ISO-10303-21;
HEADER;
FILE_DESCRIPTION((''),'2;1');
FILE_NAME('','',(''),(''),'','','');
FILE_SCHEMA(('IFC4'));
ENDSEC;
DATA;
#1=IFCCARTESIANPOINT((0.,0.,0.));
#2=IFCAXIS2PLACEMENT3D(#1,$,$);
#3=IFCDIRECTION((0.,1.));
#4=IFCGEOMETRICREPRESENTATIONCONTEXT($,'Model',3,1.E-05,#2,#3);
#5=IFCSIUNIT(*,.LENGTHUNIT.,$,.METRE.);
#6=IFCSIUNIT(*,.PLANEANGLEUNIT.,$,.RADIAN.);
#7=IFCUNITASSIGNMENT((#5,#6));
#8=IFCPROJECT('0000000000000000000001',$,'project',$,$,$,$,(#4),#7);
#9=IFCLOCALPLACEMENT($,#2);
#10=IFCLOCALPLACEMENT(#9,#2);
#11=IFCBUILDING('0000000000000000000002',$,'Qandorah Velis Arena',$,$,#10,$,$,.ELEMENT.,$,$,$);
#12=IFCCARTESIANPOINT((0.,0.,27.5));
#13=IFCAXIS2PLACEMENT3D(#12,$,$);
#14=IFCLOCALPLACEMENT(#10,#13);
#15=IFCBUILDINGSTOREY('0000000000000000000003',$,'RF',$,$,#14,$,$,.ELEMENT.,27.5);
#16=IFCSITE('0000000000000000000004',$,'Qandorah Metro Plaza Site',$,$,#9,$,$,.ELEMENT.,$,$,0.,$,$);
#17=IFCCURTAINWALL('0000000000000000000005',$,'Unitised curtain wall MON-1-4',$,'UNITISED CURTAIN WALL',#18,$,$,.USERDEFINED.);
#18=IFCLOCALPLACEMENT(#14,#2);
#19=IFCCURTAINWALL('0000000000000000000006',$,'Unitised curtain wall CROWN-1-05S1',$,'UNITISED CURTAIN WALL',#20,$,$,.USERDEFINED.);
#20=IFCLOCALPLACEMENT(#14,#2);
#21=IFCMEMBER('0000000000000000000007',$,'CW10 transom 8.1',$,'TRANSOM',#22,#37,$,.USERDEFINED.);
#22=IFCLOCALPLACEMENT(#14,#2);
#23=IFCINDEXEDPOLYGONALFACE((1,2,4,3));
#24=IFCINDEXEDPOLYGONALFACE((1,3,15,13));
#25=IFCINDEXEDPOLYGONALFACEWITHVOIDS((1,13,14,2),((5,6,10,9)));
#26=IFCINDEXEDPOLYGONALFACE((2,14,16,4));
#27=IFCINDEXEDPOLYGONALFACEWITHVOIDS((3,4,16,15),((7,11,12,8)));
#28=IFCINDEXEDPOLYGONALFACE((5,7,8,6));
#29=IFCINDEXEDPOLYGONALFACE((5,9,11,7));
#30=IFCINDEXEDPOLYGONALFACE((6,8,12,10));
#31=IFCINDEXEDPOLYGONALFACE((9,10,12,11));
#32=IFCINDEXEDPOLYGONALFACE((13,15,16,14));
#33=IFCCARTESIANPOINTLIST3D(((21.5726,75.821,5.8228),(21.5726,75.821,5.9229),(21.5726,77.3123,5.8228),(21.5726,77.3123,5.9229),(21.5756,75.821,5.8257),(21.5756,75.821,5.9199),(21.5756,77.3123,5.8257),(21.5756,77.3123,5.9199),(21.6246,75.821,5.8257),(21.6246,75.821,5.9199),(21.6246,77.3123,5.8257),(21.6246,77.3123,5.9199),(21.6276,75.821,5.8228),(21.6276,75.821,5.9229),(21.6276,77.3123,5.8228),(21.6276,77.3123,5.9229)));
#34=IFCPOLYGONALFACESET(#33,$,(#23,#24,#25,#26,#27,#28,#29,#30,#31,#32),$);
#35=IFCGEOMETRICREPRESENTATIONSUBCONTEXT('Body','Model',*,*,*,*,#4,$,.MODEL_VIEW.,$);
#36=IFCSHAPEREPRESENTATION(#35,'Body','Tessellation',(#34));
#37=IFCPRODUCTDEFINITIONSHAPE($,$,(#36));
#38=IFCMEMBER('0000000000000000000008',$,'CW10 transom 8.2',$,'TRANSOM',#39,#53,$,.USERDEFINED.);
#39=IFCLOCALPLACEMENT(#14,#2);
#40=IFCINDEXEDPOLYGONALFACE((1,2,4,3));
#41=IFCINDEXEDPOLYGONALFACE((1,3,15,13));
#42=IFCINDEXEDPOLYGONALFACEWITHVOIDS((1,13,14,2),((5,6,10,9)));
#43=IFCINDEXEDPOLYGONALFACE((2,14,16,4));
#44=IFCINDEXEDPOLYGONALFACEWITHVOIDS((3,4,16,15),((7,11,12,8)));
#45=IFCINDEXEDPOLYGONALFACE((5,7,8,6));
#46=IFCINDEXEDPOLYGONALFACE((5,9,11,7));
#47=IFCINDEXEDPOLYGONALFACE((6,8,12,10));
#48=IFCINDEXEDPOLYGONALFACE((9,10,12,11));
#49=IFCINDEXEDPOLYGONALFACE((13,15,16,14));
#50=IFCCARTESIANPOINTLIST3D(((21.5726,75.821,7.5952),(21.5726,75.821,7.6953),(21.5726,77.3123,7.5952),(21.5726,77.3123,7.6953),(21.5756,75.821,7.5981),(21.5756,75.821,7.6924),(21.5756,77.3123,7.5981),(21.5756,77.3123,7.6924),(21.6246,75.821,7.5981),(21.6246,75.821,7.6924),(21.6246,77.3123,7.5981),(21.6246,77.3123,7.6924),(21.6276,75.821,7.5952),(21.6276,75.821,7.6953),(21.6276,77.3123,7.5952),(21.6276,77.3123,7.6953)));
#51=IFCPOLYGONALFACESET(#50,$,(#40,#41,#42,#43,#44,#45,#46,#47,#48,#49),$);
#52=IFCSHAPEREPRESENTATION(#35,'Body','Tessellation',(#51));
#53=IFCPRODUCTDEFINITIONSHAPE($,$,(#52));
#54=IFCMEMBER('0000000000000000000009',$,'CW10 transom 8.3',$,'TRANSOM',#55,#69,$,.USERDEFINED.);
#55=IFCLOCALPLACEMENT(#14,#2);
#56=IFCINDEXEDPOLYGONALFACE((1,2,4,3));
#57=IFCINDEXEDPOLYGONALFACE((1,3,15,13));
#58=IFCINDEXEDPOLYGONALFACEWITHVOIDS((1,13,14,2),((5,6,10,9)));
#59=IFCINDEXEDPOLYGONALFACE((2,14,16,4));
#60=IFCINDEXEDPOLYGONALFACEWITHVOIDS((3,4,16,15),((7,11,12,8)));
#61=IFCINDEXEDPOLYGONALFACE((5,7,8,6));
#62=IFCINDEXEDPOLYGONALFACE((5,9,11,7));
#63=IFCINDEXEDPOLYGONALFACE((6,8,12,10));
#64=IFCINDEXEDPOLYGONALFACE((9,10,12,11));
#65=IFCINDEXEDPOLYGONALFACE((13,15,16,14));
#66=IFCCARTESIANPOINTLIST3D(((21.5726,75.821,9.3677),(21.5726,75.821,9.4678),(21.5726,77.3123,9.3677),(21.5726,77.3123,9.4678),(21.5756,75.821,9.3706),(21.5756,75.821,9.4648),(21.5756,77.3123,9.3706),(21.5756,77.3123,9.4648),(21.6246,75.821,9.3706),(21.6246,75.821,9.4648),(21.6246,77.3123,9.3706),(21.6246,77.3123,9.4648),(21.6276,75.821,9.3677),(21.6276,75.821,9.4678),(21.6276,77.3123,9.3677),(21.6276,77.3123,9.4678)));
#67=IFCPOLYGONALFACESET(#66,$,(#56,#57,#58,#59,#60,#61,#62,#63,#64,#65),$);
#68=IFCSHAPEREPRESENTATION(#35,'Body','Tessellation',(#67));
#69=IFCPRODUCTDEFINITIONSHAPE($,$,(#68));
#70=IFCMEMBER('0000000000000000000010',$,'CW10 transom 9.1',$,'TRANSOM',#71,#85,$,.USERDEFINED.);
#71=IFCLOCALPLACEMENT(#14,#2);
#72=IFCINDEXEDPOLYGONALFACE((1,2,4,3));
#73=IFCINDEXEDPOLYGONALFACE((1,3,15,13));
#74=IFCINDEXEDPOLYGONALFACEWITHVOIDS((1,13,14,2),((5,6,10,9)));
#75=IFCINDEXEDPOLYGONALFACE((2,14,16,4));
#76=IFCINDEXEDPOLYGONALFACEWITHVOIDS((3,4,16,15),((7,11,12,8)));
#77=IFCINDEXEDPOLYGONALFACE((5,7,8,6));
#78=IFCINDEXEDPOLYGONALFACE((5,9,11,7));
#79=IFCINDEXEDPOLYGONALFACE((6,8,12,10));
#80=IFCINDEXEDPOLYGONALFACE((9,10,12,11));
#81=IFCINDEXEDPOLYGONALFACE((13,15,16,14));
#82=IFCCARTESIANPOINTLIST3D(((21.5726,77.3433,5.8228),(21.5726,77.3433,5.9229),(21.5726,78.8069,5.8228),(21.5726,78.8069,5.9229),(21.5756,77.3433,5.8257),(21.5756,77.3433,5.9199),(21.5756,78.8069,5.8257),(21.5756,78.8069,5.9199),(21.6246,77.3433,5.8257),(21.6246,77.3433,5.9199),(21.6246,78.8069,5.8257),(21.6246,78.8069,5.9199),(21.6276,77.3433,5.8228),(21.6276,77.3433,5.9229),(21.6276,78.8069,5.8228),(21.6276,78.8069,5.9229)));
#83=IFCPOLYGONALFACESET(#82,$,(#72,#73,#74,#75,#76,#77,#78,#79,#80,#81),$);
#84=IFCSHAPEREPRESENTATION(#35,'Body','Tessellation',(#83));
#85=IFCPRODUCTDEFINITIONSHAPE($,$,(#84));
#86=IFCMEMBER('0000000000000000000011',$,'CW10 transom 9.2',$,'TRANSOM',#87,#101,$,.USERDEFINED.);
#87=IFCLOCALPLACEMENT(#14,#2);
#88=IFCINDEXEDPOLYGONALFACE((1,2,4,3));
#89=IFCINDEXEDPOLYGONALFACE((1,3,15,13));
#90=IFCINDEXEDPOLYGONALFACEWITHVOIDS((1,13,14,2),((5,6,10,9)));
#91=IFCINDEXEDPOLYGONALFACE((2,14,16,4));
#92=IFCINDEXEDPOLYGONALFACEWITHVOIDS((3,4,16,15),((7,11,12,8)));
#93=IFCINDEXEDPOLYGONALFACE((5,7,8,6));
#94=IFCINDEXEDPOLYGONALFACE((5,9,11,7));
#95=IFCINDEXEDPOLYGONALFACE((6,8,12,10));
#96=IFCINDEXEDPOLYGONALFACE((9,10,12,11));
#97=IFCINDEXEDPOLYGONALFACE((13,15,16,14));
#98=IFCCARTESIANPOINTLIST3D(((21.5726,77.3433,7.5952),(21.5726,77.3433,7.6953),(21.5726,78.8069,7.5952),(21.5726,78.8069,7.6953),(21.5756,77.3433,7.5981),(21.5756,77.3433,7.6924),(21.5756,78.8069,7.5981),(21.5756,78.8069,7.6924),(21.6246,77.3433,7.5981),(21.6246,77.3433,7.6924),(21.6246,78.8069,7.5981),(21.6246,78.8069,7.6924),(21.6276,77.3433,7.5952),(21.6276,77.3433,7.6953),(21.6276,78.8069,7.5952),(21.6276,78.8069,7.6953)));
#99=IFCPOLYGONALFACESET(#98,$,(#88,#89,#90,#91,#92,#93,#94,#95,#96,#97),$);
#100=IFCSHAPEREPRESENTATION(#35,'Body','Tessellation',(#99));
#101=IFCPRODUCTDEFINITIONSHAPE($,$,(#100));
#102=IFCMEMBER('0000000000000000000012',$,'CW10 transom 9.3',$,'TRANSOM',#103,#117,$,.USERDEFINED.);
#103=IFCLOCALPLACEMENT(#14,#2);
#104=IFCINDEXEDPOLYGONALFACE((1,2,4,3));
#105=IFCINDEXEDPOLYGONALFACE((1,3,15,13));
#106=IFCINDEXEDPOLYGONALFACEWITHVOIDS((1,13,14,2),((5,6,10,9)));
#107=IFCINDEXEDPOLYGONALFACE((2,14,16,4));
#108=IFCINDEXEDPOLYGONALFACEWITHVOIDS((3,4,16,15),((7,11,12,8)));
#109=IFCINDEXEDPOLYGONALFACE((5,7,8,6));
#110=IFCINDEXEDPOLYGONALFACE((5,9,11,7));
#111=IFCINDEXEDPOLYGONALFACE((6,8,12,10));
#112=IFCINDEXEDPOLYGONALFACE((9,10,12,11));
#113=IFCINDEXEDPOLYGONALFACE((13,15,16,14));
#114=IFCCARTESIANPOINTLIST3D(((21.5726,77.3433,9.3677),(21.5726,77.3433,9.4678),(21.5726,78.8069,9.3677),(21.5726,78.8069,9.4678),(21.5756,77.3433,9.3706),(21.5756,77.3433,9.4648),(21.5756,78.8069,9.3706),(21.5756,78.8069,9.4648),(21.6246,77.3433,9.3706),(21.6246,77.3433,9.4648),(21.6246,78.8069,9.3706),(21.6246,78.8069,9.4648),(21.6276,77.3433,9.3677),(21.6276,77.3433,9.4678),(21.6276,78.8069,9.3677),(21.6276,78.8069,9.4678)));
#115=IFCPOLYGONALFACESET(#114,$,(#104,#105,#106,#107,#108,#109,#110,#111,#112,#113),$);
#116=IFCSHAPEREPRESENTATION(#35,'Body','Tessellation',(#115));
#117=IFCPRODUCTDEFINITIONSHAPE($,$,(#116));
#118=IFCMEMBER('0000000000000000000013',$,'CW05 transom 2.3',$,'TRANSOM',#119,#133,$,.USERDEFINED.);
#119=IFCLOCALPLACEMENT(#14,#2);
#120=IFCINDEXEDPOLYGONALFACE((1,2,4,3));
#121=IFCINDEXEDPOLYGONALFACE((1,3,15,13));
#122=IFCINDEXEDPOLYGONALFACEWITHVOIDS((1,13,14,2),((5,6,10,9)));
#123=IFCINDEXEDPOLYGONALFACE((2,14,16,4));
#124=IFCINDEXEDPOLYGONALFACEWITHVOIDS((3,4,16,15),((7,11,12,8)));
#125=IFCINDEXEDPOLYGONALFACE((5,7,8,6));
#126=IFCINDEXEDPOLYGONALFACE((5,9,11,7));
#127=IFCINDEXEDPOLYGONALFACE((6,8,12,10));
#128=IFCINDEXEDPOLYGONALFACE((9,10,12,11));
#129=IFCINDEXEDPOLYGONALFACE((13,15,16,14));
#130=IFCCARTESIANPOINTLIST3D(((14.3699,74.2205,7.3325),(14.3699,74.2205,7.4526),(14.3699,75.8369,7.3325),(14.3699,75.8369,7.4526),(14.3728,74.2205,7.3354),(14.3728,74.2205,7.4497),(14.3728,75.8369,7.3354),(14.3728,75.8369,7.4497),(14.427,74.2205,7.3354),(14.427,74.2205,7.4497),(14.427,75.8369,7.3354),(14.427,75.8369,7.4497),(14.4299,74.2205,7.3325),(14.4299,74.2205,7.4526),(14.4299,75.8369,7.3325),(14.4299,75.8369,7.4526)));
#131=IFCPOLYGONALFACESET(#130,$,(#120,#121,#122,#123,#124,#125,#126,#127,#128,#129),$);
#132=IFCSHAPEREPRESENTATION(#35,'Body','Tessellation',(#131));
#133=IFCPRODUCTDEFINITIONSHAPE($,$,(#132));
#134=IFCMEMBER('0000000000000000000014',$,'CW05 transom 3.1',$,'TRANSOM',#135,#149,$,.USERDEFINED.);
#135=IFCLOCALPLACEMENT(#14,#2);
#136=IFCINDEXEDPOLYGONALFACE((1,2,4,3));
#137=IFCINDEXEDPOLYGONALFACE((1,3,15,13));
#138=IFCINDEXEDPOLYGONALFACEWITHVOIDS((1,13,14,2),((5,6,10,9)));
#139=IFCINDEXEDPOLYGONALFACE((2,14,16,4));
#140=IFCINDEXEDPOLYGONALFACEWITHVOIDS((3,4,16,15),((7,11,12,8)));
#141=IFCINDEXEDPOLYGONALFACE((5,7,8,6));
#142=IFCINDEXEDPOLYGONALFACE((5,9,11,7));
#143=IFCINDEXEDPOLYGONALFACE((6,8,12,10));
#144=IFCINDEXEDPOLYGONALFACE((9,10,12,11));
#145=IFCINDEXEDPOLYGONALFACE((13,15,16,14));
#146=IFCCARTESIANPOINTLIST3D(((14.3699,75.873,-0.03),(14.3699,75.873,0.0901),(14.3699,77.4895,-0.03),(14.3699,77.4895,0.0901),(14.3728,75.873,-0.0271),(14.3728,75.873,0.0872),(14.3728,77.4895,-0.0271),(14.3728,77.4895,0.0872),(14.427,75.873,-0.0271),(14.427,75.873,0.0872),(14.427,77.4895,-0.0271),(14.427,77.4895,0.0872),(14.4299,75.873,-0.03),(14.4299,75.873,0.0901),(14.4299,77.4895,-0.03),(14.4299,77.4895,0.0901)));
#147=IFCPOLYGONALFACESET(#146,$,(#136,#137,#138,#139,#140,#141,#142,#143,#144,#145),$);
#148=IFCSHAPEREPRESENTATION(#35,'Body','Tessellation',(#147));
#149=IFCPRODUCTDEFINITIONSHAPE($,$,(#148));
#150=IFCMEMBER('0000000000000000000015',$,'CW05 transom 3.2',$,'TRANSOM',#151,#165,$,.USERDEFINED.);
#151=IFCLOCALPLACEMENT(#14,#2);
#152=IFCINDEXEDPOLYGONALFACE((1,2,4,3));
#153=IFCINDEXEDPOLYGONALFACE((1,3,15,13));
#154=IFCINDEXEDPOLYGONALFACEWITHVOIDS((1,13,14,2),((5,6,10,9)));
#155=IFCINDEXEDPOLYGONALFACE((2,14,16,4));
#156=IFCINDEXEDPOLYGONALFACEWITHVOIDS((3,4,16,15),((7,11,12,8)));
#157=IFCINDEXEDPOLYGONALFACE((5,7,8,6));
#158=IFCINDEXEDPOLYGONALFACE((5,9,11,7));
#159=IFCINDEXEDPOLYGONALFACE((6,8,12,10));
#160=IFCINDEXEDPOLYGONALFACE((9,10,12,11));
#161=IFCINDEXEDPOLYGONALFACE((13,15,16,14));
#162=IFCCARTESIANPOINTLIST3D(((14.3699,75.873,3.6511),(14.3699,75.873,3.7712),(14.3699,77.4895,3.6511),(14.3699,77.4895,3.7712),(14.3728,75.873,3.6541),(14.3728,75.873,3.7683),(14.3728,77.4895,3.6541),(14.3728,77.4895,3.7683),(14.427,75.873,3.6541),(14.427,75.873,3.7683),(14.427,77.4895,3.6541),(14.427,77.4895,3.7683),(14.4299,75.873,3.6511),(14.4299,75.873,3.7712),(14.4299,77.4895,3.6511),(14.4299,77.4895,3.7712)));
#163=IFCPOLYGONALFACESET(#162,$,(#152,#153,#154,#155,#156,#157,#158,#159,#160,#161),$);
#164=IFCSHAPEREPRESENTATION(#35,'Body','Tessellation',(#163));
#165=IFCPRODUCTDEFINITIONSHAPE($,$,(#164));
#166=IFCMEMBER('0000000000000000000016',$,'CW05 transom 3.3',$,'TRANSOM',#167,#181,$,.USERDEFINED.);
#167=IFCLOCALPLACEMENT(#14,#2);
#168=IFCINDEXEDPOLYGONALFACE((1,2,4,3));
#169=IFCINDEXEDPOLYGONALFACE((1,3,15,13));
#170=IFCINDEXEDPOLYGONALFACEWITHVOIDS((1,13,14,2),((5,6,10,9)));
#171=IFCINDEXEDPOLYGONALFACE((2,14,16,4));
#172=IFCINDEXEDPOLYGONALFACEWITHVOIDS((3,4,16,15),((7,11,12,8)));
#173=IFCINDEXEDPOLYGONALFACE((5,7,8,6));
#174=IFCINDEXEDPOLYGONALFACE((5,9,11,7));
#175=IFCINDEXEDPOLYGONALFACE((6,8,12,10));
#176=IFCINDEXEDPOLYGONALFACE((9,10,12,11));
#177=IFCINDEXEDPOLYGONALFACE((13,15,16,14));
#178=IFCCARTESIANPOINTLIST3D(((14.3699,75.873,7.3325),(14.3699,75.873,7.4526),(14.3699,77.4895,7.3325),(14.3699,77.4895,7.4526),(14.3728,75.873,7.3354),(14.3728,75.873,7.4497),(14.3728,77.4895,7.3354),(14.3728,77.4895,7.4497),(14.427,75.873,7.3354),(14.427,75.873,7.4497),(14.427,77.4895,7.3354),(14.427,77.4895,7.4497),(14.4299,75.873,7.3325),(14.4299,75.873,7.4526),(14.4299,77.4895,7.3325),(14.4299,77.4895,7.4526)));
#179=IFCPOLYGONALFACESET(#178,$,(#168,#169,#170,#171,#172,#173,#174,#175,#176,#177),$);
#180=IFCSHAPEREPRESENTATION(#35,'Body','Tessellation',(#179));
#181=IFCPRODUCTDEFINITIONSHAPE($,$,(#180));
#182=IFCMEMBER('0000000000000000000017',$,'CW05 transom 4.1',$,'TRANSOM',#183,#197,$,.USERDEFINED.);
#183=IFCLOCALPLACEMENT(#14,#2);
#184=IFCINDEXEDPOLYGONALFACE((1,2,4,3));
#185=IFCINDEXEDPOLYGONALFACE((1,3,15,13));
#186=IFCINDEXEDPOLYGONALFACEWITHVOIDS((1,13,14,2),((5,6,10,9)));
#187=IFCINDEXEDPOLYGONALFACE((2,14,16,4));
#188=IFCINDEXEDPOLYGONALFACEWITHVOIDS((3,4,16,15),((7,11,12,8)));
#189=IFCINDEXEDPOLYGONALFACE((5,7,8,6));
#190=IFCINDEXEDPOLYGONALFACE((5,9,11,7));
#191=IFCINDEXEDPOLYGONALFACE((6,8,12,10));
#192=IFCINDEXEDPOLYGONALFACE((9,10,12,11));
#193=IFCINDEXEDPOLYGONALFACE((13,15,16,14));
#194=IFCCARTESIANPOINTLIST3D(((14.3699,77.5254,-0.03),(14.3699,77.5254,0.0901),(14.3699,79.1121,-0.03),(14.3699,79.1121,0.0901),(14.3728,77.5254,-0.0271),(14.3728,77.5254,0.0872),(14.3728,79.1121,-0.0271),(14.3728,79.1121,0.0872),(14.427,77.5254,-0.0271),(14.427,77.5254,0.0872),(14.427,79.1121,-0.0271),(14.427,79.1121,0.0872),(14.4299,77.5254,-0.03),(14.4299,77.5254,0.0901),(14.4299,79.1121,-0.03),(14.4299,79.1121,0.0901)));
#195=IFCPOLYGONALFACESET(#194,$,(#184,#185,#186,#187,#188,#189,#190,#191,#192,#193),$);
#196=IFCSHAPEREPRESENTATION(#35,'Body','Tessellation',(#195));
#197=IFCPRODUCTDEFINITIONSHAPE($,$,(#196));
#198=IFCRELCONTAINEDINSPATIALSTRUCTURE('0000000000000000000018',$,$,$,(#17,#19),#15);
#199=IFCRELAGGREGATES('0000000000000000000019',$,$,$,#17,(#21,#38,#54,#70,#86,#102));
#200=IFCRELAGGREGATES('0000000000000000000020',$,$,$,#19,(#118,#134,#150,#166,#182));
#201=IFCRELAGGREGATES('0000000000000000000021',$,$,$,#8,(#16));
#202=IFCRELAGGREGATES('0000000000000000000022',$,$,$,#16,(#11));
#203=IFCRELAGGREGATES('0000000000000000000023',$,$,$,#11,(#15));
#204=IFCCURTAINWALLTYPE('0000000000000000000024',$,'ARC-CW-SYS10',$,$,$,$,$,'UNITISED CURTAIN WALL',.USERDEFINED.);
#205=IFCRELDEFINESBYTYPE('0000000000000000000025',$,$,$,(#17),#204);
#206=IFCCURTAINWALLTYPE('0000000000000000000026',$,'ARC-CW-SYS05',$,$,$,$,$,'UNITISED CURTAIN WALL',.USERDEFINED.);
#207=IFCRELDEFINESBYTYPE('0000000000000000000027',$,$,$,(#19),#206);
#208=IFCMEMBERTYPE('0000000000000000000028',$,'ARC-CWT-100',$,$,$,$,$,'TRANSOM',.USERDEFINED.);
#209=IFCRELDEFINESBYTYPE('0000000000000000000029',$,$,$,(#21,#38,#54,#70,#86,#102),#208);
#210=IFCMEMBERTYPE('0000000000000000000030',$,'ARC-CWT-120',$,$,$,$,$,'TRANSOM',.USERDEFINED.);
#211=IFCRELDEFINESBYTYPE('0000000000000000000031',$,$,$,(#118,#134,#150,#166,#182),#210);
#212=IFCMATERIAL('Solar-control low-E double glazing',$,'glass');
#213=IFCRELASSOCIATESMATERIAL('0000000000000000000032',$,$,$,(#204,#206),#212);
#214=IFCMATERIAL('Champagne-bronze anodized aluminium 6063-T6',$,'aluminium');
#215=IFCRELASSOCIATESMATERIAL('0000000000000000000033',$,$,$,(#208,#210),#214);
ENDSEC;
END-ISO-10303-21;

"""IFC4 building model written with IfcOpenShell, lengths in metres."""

from ifc_helpers import new_model, si_unit, direction, frame, origin, origin_2d, place, context, subcontext, project, spatial, hollow_rectangle, extrude, material, material_profile, profile_set, type_object, element, aggregate, save


model = new_model("IFC4")

# Units and contexts
model_context = context("Model", 3, precision=1e-05, world=origin(), true_north=direction((0.0, 1.0)))
body_context = subcontext(model_context, "Body", "Model", "MODEL_VIEW")
ifc_project = project(units=[si_unit("LENGTHUNIT", "METRE"), si_unit("PLANEANGLEUNIT", "RADIAN")], contexts=[model_context])

# Site, building, storey
site_placement = place(None, origin())
site = spatial("IfcSite", under=ifc_project, at=site_placement, Name="Qandorah Metro Plaza Site", CompositionType="ELEMENT", RefElevation=0.0)
building_placement = place(site_placement, origin())
building = spatial("IfcBuilding", under=site, at=building_placement, Name="Qandorah Velis Arena", CompositionType="ELEMENT")
storey_placement = place(building_placement, frame((0.0, 0.0, 27.5)))
storey = spatial("IfcBuildingStorey", under=building, at=storey_placement, Name="RF", CompositionType="ELEMENT", Elevation=27.5)

# Curtain walls
ifc_material_1 = material(Name="Solar-control low-E double glazing", Category="glass")
curtain_wall_type_1 = type_object("IfcCurtainWallType", Name="ARC-CW-SYS10", ElementType="UNITISED CURTAIN WALL", PredefinedType="USERDEFINED", material=ifc_material_1)
curtain_wall_1_placement = place(storey_placement, origin())
curtain_wall_1 = element("IfcCurtainWall", 1, at=curtain_wall_1_placement, inside=storey, type_object=curtain_wall_type_1, Name="Unitised curtain wall MON-1-4", ObjectType="UNITISED CURTAIN WALL", PredefinedType="USERDEFINED")
ifc_material_2 = material(Name="Champagne-bronze anodized aluminium 6063-T6", Category="aluminium")
curtain_wall_type_2 = type_object("IfcCurtainWallType", Name="ARC-CW-SYS05", ElementType="UNITISED CURTAIN WALL", PredefinedType="USERDEFINED", material=ifc_material_1)
curtain_wall_2_placement = place(storey_placement, origin())
curtain_wall_2 = element("IfcCurtainWall", 2, at=curtain_wall_2_placement, inside=storey, type_object=curtain_wall_type_2, Name="Unitised curtain wall CROWN-1-05S1", ObjectType="UNITISED CURTAIN WALL", PredefinedType="USERDEFINED")

# Members
ifc_material_profile_1 = material_profile(ifc_material_2, hollow_rectangle(XDim=0.0549, YDim=0.1001, WallThickness=0.0029, at=origin_2d()), Name="ALU TRANSOM 55x100")
ifc_profile_set_1 = profile_set([ifc_material_profile_1], Name="Champagne-bronze anodized aluminium 6063-T6")
member_type_1 = type_object("IfcMemberType", Name="ARC-CWT-100", ElementType="TRANSOM", PredefinedType="USERDEFINED", material=ifc_profile_set_1)
member_1_placement = place(storey_placement, frame((21.6001, 75.821, 5.8728), z_axis=(0.0, 1.0, 0.0), x_axis=(-1.0, 0.0, 0.0)))
member_1 = element("IfcMember", 3, at=member_1_placement, type_object=member_type_1, Name="CW10 transom 8.1", ObjectType="TRANSOM", PredefinedType="USERDEFINED", context=body_context, shape_type="SweptSolid", body=[
    extrude(hollow_rectangle(XDim=0.0549, YDim=0.1001, WallThickness=0.0029, at=origin_2d()), origin(), (0.0, 0.0, 1.0), 1.4912),
])
member_2_placement = place(storey_placement, frame((21.6001, 75.821, 7.6453), z_axis=(0.0, 1.0, 0.0), x_axis=(-1.0, 0.0, 0.0)))
member_2 = element("IfcMember", 4, at=member_2_placement, type_object=member_type_1, Name="CW10 transom 8.2", ObjectType="TRANSOM", PredefinedType="USERDEFINED", context=body_context, shape_type="SweptSolid", body=[
    extrude(hollow_rectangle(XDim=0.0549, YDim=0.1001, WallThickness=0.0029, at=origin_2d()), origin(), (0.0, 0.0, 1.0), 1.4912),
])
member_3_placement = place(storey_placement, frame((21.6001, 75.821, 9.4177), z_axis=(0.0, 1.0, 0.0), x_axis=(-1.0, 0.0, 0.0)))
member_3 = element("IfcMember", 5, at=member_3_placement, type_object=member_type_1, Name="CW10 transom 8.3", ObjectType="TRANSOM", PredefinedType="USERDEFINED", context=body_context, shape_type="SweptSolid", body=[
    extrude(hollow_rectangle(XDim=0.0549, YDim=0.1001, WallThickness=0.0029, at=origin_2d()), origin(), (0.0, 0.0, 1.0), 1.4912),
])
member_4_placement = place(storey_placement, frame((21.6001, 77.3433, 5.8728), z_axis=(0.0, 1.0, 0.0), x_axis=(-1.0, 0.0, 0.0)))
member_4 = element("IfcMember", 6, at=member_4_placement, type_object=member_type_1, Name="CW10 transom 9.1", ObjectType="TRANSOM", PredefinedType="USERDEFINED", context=body_context, shape_type="SweptSolid", body=[
    extrude(hollow_rectangle(XDim=0.0549, YDim=0.1001, WallThickness=0.0029, at=origin_2d()), origin(), (0.0, 0.0, 1.0), 1.4636),
])
member_5_placement = place(storey_placement, frame((21.6001, 77.3433, 7.6453), z_axis=(0.0, 1.0, 0.0), x_axis=(-1.0, 0.0, 0.0)))
member_5 = element("IfcMember", 7, at=member_5_placement, type_object=member_type_1, Name="CW10 transom 9.2", ObjectType="TRANSOM", PredefinedType="USERDEFINED", context=body_context, shape_type="SweptSolid", body=[
    extrude(hollow_rectangle(XDim=0.0549, YDim=0.1001, WallThickness=0.0029, at=origin_2d()), origin(), (0.0, 0.0, 1.0), 1.4636),
])
member_6_placement = place(storey_placement, frame((21.6001, 77.3433, 9.4177), z_axis=(0.0, 1.0, 0.0), x_axis=(-1.0, 0.0, 0.0)))
member_6 = element("IfcMember", 8, at=member_6_placement, type_object=member_type_1, Name="CW10 transom 9.3", ObjectType="TRANSOM", PredefinedType="USERDEFINED", context=body_context, shape_type="SweptSolid", body=[
    extrude(hollow_rectangle(XDim=0.0549, YDim=0.1001, WallThickness=0.0029, at=origin_2d()), origin(), (0.0, 0.0, 1.0), 1.4636),
])
ifc_material_profile_2 = material_profile(ifc_material_2, hollow_rectangle(XDim=0.0601, YDim=0.1201, WallThickness=0.0029, at=origin_2d()), Name="ALU TRANSOM 60x120")
ifc_profile_set_2 = profile_set([ifc_material_profile_2], Name="Champagne-bronze anodized aluminium 6063-T6")
member_type_2 = type_object("IfcMemberType", Name="ARC-CWT-120", ElementType="TRANSOM", PredefinedType="USERDEFINED", material=ifc_profile_set_2)
member_7_placement = place(storey_placement, frame((14.3999, 74.2205, 7.3926), z_axis=(0.0, 1.0, 0.0), x_axis=(-1.0, 0.0, 0.0)))
member_7 = element("IfcMember", 9, at=member_7_placement, type_object=member_type_2, Name="CW05 transom 2.3", ObjectType="TRANSOM", PredefinedType="USERDEFINED", context=body_context, shape_type="SweptSolid", body=[
    extrude(hollow_rectangle(XDim=0.0601, YDim=0.1201, WallThickness=0.0029, at=origin_2d()), origin(), (0.0, 0.0, 1.0), 1.6165),
])
member_8_placement = place(storey_placement, frame((14.3999, 75.873, 0.03), z_axis=(0.0, 1.0, 0.0), x_axis=(-1.0, 0.0, 0.0)))
member_8 = element("IfcMember", 10, at=member_8_placement, type_object=member_type_2, Name="CW05 transom 3.1", ObjectType="TRANSOM", PredefinedType="USERDEFINED", context=body_context, shape_type="SweptSolid", body=[
    extrude(hollow_rectangle(XDim=0.0601, YDim=0.1201, WallThickness=0.0029, at=origin_2d()), origin(), (0.0, 0.0, 1.0), 1.6165),
])
member_9_placement = place(storey_placement, frame((14.3999, 75.873, 3.7112), z_axis=(0.0, 1.0, 0.0), x_axis=(-1.0, 0.0, 0.0)))
member_9 = element("IfcMember", 11, at=member_9_placement, type_object=member_type_2, Name="CW05 transom 3.2", ObjectType="TRANSOM", PredefinedType="USERDEFINED", context=body_context, shape_type="SweptSolid", body=[
    extrude(hollow_rectangle(XDim=0.0601, YDim=0.1201, WallThickness=0.0029, at=origin_2d()), origin(), (0.0, 0.0, 1.0), 1.6165),
])
member_10_placement = place(storey_placement, frame((14.3999, 75.873, 7.3926), z_axis=(0.0, 1.0, 0.0), x_axis=(-1.0, 0.0, 0.0)))
member_10 = element("IfcMember", 12, at=member_10_placement, type_object=member_type_2, Name="CW05 transom 3.3", ObjectType="TRANSOM", PredefinedType="USERDEFINED", context=body_context, shape_type="SweptSolid", body=[
    extrude(hollow_rectangle(XDim=0.0601, YDim=0.1201, WallThickness=0.0029, at=origin_2d()), origin(), (0.0, 0.0, 1.0), 1.6165),
])
member_11_placement = place(storey_placement, frame((14.3999, 77.5254, 0.03), z_axis=(0.0, 1.0, 0.0), x_axis=(-1.0, 0.0, 0.0)))
member_11 = element("IfcMember", 13, at=member_11_placement, type_object=member_type_2, Name="CW05 transom 4.1", ObjectType="TRANSOM", PredefinedType="USERDEFINED", context=body_context, shape_type="SweptSolid", body=[
    extrude(hollow_rectangle(XDim=0.0601, YDim=0.1201, WallThickness=0.0029, at=origin_2d()), origin(), (0.0, 0.0, 1.0), 1.5867),
])

aggregate(curtain_wall_1, [member_1, member_2, member_3, member_4, member_5, member_6])
aggregate(curtain_wall_2, [member_7, member_8, member_9, member_10, member_11])

save(model, "model.ifc")
